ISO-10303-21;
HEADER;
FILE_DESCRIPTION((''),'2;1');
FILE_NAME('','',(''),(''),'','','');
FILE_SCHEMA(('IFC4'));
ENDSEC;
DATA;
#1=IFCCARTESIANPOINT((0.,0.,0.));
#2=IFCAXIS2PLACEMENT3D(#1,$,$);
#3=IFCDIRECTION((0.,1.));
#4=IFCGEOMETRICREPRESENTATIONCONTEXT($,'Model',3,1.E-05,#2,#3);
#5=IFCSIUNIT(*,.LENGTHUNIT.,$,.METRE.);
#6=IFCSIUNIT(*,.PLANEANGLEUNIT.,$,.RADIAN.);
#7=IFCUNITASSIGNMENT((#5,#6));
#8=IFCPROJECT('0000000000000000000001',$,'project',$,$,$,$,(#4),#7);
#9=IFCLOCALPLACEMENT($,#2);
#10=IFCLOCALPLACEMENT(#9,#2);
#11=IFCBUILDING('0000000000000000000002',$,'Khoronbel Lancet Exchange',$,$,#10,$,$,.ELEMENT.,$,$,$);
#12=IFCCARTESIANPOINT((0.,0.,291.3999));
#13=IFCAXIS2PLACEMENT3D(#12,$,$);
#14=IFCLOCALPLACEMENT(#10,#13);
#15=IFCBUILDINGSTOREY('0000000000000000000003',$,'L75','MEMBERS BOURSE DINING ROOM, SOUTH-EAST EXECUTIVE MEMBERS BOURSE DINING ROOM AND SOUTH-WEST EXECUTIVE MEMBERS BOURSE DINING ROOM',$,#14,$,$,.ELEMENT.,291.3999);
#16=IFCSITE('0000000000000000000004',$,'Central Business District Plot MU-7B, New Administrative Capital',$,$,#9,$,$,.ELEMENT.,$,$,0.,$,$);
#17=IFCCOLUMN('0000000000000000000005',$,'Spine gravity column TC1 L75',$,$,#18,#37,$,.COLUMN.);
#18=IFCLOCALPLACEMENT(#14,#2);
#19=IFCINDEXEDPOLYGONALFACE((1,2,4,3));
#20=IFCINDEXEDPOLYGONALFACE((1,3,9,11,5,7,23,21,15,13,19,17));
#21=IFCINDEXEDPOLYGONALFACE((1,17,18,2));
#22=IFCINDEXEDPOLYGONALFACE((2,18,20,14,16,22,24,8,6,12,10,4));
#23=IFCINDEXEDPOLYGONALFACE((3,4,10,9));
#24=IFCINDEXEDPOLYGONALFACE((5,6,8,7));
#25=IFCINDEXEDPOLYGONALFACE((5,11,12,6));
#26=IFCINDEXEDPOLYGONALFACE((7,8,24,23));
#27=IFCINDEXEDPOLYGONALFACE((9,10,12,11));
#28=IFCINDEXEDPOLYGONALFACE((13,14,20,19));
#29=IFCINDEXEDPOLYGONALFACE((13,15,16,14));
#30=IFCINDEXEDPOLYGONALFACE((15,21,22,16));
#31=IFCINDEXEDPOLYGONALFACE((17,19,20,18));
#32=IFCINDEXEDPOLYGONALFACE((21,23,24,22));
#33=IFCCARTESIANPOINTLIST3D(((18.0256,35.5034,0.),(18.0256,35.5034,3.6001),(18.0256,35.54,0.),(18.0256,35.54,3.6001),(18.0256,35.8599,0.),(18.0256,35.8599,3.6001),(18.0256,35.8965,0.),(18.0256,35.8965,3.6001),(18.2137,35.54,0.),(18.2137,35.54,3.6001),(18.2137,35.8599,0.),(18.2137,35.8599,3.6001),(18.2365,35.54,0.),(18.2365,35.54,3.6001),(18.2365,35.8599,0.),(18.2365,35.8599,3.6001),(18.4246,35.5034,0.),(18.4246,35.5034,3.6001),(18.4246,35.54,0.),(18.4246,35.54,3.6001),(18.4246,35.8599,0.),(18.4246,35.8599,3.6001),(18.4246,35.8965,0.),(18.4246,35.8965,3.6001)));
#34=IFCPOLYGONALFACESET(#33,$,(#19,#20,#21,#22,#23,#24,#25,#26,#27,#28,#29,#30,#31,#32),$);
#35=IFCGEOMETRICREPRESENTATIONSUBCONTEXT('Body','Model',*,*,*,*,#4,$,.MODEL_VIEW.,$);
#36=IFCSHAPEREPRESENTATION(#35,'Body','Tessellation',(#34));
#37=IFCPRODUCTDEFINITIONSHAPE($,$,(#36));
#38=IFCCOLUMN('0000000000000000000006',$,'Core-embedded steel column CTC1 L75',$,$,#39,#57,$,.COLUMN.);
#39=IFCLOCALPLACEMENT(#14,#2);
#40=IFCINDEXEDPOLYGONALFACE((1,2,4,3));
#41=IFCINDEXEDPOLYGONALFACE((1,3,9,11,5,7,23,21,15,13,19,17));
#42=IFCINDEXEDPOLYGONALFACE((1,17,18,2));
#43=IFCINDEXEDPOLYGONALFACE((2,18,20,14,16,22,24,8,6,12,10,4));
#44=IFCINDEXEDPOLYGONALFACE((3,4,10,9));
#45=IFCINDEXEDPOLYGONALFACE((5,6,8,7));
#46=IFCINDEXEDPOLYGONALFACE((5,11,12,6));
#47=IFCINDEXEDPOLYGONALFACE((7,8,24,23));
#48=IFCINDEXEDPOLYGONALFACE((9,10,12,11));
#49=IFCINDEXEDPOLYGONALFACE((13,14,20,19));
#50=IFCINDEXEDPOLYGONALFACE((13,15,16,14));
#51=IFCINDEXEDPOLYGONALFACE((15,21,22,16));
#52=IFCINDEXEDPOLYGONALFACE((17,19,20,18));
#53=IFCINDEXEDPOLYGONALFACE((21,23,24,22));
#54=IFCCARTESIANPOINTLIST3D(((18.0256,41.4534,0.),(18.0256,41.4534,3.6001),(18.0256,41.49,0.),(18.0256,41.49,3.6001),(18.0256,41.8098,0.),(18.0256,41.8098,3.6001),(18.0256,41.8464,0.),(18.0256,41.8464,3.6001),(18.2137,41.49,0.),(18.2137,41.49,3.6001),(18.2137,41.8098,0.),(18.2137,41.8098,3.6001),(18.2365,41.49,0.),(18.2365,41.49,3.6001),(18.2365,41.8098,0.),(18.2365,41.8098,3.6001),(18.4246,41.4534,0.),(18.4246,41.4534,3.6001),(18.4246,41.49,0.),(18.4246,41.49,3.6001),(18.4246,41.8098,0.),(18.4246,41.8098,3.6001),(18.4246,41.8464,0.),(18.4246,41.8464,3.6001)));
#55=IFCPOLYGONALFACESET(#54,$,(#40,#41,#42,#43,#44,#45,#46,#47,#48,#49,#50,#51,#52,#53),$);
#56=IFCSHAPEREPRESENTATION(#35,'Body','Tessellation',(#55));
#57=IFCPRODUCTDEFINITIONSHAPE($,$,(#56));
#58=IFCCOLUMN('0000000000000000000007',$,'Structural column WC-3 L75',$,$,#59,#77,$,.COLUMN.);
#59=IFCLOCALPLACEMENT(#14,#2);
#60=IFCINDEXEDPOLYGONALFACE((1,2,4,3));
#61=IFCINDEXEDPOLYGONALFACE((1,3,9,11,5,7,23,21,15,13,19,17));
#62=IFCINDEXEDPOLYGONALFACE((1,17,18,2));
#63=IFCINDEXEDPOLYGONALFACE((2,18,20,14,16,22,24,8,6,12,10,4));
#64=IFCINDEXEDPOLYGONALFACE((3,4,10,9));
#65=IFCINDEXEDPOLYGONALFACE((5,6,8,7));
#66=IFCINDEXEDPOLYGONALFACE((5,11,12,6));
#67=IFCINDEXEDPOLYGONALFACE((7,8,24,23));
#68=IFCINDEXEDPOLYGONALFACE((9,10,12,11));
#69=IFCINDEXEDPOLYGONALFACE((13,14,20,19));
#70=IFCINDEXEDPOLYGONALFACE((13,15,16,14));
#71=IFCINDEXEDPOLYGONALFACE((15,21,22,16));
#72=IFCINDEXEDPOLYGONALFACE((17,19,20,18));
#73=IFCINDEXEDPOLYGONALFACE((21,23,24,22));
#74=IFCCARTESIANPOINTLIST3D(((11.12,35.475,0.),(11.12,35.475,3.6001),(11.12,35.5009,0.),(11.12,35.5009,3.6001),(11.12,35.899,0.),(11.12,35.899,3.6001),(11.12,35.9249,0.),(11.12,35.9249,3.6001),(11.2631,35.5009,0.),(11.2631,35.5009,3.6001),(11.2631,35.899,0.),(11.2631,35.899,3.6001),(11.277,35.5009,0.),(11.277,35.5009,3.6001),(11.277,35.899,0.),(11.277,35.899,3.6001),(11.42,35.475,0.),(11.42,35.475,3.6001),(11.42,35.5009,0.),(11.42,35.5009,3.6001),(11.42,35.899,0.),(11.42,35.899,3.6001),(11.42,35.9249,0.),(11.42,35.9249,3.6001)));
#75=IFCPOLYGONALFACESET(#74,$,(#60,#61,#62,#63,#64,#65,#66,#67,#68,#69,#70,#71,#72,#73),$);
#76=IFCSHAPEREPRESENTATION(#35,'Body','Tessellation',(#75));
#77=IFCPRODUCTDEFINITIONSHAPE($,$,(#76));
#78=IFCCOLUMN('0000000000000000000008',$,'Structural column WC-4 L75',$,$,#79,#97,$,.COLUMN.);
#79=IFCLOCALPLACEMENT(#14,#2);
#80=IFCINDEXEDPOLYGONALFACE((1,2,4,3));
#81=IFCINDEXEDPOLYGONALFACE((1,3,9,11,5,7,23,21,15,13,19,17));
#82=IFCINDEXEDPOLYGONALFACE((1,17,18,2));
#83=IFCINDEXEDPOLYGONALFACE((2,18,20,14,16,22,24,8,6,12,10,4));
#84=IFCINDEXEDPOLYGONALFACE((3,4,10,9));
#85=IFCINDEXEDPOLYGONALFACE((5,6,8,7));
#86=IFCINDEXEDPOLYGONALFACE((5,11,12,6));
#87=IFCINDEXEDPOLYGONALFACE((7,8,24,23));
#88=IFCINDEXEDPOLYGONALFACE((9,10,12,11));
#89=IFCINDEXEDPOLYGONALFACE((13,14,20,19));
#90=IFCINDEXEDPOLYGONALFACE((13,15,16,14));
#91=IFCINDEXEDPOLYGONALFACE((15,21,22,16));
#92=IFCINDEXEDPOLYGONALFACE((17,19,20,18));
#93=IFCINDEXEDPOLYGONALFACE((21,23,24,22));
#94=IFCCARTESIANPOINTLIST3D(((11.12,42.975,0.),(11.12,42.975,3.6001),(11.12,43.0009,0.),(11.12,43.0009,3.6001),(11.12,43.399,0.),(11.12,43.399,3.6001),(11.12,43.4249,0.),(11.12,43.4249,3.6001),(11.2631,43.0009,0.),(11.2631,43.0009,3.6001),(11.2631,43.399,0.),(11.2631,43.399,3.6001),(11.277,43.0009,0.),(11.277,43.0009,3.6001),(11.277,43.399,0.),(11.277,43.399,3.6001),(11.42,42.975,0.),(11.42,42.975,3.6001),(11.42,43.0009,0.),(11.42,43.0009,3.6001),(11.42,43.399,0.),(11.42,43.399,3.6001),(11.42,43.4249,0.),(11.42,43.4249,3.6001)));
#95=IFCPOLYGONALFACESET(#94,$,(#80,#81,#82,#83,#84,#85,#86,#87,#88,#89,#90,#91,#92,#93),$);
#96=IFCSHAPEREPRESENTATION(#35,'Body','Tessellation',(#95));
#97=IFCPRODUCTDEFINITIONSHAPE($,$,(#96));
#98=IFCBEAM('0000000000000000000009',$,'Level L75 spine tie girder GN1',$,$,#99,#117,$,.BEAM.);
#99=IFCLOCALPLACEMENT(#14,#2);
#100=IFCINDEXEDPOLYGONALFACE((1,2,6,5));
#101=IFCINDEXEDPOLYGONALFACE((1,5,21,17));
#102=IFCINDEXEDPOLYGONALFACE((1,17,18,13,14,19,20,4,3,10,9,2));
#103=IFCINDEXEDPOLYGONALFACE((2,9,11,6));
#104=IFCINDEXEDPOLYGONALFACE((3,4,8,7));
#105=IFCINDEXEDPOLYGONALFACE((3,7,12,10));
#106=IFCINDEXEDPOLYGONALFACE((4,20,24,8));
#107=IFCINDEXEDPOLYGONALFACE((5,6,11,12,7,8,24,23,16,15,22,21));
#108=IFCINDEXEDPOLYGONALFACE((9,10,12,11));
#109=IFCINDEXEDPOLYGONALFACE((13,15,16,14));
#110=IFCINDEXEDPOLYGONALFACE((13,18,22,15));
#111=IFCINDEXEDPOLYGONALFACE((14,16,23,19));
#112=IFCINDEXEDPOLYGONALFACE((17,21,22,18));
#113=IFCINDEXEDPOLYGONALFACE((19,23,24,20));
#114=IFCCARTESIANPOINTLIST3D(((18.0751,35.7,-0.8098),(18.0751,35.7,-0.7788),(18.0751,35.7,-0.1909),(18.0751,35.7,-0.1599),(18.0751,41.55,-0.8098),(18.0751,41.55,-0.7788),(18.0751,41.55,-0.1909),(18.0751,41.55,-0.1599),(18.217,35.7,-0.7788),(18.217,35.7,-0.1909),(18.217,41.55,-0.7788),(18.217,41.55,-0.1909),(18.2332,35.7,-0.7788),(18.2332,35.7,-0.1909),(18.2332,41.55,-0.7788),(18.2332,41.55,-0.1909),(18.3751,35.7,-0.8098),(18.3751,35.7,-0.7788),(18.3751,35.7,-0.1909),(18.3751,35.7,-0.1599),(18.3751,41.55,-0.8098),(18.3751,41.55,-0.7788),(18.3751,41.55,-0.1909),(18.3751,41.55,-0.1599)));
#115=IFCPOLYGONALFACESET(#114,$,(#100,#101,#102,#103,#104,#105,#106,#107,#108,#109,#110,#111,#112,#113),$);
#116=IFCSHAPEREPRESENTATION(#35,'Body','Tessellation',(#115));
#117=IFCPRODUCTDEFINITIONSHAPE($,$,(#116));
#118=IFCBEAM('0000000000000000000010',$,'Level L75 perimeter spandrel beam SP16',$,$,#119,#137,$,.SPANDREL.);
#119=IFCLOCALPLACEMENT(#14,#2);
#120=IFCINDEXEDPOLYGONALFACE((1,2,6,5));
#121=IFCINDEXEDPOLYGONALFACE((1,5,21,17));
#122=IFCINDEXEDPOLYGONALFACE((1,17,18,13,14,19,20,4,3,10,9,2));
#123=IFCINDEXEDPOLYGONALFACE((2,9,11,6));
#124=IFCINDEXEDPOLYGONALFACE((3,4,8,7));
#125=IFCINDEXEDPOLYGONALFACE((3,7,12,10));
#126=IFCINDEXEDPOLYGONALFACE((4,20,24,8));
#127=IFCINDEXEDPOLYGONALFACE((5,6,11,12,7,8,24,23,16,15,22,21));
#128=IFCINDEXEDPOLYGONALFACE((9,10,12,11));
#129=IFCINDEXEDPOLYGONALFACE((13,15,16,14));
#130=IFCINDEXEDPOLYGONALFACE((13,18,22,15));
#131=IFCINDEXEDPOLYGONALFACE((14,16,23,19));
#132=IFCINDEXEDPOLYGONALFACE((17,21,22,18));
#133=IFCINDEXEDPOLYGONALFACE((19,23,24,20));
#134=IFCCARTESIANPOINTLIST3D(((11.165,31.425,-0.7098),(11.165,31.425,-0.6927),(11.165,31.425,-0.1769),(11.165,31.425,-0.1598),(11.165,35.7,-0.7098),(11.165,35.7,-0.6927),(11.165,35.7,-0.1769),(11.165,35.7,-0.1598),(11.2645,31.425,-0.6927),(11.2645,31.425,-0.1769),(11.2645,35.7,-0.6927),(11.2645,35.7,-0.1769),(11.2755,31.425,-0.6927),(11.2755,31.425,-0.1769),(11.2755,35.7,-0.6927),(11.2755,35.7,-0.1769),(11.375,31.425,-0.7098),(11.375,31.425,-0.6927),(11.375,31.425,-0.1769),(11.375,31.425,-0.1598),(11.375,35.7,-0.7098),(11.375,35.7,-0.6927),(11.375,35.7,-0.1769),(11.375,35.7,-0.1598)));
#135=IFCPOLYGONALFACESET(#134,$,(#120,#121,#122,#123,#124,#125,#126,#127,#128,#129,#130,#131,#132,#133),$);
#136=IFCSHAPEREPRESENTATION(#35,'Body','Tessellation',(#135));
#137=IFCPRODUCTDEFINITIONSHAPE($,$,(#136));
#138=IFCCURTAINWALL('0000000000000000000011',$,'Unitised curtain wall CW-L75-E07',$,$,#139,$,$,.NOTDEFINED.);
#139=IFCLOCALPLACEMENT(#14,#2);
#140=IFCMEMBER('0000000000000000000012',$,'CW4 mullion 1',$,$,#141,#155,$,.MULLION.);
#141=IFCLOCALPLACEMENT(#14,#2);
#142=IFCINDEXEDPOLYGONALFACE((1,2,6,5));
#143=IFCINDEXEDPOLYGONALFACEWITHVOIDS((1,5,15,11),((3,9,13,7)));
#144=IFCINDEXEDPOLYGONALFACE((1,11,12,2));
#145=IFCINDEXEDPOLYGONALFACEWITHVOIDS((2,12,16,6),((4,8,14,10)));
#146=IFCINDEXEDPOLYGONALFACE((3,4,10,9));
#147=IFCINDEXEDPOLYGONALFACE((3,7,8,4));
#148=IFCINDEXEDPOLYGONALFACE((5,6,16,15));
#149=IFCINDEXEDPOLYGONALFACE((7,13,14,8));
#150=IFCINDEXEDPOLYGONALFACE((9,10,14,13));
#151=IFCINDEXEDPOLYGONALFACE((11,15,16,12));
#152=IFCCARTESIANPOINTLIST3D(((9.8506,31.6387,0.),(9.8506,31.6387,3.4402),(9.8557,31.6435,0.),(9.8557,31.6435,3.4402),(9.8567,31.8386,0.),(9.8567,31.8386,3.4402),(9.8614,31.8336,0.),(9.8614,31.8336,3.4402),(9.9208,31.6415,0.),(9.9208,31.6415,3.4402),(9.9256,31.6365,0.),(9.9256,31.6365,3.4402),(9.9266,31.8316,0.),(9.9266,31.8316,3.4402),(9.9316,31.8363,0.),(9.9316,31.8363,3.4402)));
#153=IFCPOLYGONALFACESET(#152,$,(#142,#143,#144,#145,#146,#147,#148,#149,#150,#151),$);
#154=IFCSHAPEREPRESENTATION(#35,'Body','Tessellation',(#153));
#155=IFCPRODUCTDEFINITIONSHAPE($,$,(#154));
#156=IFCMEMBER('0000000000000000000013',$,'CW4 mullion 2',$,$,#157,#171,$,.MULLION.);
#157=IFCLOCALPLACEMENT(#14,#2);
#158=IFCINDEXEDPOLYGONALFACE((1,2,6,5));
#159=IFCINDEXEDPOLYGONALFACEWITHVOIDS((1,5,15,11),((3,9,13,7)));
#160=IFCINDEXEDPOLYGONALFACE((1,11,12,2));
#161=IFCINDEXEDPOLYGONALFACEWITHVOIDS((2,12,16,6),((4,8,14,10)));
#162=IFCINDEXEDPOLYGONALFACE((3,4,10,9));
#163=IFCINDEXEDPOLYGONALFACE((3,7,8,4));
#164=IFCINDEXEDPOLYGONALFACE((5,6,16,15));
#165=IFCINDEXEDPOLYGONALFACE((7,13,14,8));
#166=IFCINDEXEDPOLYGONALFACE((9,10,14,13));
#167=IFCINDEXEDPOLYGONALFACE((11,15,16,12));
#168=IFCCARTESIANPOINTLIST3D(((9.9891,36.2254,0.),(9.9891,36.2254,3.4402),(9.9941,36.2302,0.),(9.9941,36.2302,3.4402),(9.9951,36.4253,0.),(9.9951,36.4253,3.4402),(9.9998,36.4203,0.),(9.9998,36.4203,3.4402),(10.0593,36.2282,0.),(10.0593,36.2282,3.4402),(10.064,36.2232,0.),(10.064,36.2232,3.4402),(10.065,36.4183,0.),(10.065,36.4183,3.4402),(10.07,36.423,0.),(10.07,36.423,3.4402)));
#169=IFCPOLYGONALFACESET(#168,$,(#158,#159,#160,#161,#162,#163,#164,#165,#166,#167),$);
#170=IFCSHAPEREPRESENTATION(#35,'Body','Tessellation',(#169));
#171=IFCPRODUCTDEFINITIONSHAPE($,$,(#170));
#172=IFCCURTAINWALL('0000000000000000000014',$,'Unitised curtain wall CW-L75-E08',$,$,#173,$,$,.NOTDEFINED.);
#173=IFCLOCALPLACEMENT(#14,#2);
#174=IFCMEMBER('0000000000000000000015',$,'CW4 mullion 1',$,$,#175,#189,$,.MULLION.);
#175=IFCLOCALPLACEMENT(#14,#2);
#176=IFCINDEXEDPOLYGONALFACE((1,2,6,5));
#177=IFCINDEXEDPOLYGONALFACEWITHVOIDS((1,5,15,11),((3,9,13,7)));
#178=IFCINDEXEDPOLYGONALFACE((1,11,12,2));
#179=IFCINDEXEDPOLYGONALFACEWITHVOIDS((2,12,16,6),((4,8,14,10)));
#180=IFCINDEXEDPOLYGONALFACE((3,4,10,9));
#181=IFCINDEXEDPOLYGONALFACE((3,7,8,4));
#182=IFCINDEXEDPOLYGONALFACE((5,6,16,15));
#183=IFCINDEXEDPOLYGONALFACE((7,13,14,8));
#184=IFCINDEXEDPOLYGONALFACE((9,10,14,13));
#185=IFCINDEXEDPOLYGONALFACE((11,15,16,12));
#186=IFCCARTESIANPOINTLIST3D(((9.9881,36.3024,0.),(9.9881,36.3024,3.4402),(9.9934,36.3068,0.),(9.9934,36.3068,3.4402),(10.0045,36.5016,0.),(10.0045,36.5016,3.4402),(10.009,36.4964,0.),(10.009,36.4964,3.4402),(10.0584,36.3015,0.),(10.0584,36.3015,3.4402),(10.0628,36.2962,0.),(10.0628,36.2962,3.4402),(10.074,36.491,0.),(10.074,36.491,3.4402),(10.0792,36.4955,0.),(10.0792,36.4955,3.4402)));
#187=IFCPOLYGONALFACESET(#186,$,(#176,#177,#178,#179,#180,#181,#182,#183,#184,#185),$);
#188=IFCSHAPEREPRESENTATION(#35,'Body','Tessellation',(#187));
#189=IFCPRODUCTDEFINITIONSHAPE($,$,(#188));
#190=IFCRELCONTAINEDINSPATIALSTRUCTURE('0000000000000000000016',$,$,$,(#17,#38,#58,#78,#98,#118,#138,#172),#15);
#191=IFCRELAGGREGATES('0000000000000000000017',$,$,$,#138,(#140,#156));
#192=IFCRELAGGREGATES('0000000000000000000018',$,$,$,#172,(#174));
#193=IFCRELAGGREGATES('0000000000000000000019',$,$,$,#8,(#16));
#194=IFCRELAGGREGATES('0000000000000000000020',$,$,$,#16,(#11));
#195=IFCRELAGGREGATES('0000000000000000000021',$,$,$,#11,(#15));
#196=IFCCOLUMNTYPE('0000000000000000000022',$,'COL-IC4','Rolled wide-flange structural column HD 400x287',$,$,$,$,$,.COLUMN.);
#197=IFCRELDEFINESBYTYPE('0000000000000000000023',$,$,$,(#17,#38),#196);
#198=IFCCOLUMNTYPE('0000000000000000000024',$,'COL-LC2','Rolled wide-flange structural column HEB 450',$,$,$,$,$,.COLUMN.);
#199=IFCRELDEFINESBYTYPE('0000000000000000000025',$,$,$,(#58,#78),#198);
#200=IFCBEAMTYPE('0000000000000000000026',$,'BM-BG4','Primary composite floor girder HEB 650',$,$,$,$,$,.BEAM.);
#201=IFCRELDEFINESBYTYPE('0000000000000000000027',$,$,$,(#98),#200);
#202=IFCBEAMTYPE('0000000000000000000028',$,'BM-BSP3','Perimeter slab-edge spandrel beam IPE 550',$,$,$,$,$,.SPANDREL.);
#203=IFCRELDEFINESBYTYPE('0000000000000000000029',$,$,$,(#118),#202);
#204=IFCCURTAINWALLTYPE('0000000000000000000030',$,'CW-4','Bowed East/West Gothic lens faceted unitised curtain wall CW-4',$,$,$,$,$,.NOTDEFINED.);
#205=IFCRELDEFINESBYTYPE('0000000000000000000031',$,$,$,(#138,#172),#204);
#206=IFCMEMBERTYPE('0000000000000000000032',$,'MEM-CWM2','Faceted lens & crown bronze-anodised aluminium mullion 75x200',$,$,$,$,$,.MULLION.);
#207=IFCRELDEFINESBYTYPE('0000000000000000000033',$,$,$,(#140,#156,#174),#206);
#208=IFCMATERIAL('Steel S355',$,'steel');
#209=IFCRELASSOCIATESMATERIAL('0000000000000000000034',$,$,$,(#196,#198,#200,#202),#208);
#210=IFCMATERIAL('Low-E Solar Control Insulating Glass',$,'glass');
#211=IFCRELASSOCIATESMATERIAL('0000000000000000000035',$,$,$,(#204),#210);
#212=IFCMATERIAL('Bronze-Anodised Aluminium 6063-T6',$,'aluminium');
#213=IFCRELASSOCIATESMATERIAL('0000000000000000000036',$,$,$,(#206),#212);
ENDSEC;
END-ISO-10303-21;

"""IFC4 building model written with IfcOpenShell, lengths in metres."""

from ifc_helpers import new_model, si_unit, direction, frame, origin, origin_2d, place, context, subcontext, project, spatial, hollow_rectangle, i_section, extrude, material, material_profile, profile_set, type_object, element, aggregate, save


model = new_model("IFC4")

# Units and contexts
model_context = context("Model", 3, precision=1e-05, world=origin(), true_north=direction((0.0, 1.0)))
body_context = subcontext(model_context, "Body", "Model", "MODEL_VIEW")
ifc_project = project(units=[si_unit("LENGTHUNIT", "METRE"), si_unit("PLANEANGLEUNIT", "RADIAN")], contexts=[model_context])

# Site, building, storey
site_placement = place(None, origin())
site = spatial("IfcSite", under=ifc_project, at=site_placement, Name="Central Business District Plot MU-7B, New Administrative Capital", CompositionType="ELEMENT", RefElevation=0.0)
building_placement = place(site_placement, origin())
building = spatial("IfcBuilding", under=site, at=building_placement, Name="Khoronbel Lancet Exchange", CompositionType="ELEMENT")
storey_placement = place(building_placement, frame((0.0, 0.0, 291.3999)))
storey = spatial("IfcBuildingStorey", under=building, at=storey_placement, Name="L75", Description="MEMBERS BOURSE DINING ROOM, SOUTH-EAST EXECUTIVE MEMBERS BOURSE DINING ROOM AND SOUTH-WEST EXECUTIVE MEMBERS BOURSE DINING ROOM", CompositionType="ELEMENT", Elevation=291.3999)

# Columns
ifc_material_1 = material(Name="Steel S355", Category="steel")
ifc_material_profile_1 = material_profile(ifc_material_1, i_section(OverallWidth=0.3989, OverallDepth=0.3931, WebThickness=0.0227, FlangeThickness=0.0366, at=origin_2d()), Name="HD 400x287")
ifc_profile_set_1 = profile_set([ifc_material_profile_1], Name="Steel S355")
column_type_1 = type_object("IfcColumnType", Name="COL-IC4", Description="Rolled wide-flange structural column HD 400x287", PredefinedType="COLUMN", material=ifc_profile_set_1)
for number, where, z_axis, x_axis, name in (
    (1, (18.2251, 35.7, 0.0), (0.0, 0.0, 1.0), (1.0, 0.0, 0.0), "Spine gravity column TC1 L75"),
    (2, (18.2251, 41.6499, 0.0), (0.0, 0.0, 1.0), (1.0, 0.0, 0.0), "Core-embedded steel column CTC1 L75"),
):
    element("IfcColumn", number, at=place(storey_placement, frame(where, z_axis=z_axis, x_axis=x_axis)), inside=storey, type_object=column_type_1, Name=name, PredefinedType="COLUMN", context=body_context, shape_type="SweptSolid", body=[
        extrude(i_section(OverallWidth=0.3989, OverallDepth=0.3931, WebThickness=0.0227, FlangeThickness=0.0366, at=origin_2d()), origin(), (0.0, 0.0, 1.0), 3.6001),
    ])
ifc_material_profile_2 = material_profile(ifc_material_1, i_section(OverallWidth=0.3, OverallDepth=0.45, WebThickness=0.0139, FlangeThickness=0.0259, at=origin_2d()), Name="HEB 450")
ifc_profile_set_2 = profile_set([ifc_material_profile_2], Name="Steel S355")
column_type_2 = type_object("IfcColumnType", Name="COL-LC2", Description="Rolled wide-flange structural column HEB 450", PredefinedType="COLUMN", material=ifc_profile_set_2)
for number, where, z_axis, x_axis, name in (
    (3, (11.27, 35.7, 0.0), (0.0, 0.0, 1.0), (1.0, 0.0, 0.0), "Structural column WC-3 L75"),
    (4, (11.27, 43.2, 0.0), (0.0, 0.0, 1.0), (1.0, 0.0, 0.0), "Structural column WC-4 L75"),
):
    element("IfcColumn", number, at=place(storey_placement, frame(where, z_axis=z_axis, x_axis=x_axis)), inside=storey, type_object=column_type_2, Name=name, PredefinedType="COLUMN", context=body_context, shape_type="SweptSolid", body=[
        extrude(i_section(OverallWidth=0.3, OverallDepth=0.45, WebThickness=0.0139, FlangeThickness=0.0259, at=origin_2d()), origin(), (0.0, 0.0, 1.0), 3.6001),
    ])

# Beams
ifc_material_profile_3 = material_profile(ifc_material_1, i_section(OverallWidth=0.3, OverallDepth=0.6499, WebThickness=0.0161, FlangeThickness=0.031, at=origin_2d()), Name="HEB 650")
ifc_profile_set_3 = profile_set([ifc_material_profile_3], Name="Steel S355")
beam_type_1 = type_object("IfcBeamType", Name="BM-BG4", Description="Primary composite floor girder HEB 650", PredefinedType="BEAM", material=ifc_profile_set_3)
beam_1_placement = place(storey_placement, frame((18.2251, 35.7, -0.4849), z_axis=(0.0, 1.0, 0.0), x_axis=(-1.0, 0.0, 0.0)))
element("IfcBeam", 5, at=beam_1_placement, inside=storey, type_object=beam_type_1, Name="Level L75 spine tie girder GN1", PredefinedType="BEAM", context=body_context, shape_type="SweptSolid", body=[
    extrude(i_section(OverallWidth=0.3, OverallDepth=0.6499, WebThickness=0.0161, FlangeThickness=0.031, at=origin_2d()), origin(), (0.0, 0.0, 1.0), 5.8501),
])
ifc_material_profile_4 = material_profile(ifc_material_1, i_section(OverallWidth=0.21, OverallDepth=0.55, WebThickness=0.011, FlangeThickness=0.0171, at=origin_2d()), Name="IPE 550")
ifc_profile_set_4 = profile_set([ifc_material_profile_4], Name="Steel S355")
beam_type_2 = type_object("IfcBeamType", Name="BM-BSP3", Description="Perimeter slab-edge spandrel beam IPE 550", PredefinedType="SPANDREL", material=ifc_profile_set_4)
beam_2_placement = place(storey_placement, frame((11.27, 35.7, -0.4348), z_axis=(0.0, -1.0, 0.0), x_axis=(1.0, 0.0, 0.0)))
element("IfcBeam", 6, at=beam_2_placement, inside=storey, type_object=beam_type_2, Name="Level L75 perimeter spandrel beam SP16", PredefinedType="SPANDREL", context=body_context, shape_type="SweptSolid", body=[
    extrude(i_section(OverallWidth=0.21, OverallDepth=0.55, WebThickness=0.011, FlangeThickness=0.0171, at=origin_2d()), origin(), (0.0, 0.0, 1.0), 4.2749),
])

# Curtain walls, members
ifc_material_2 = material(Name="Low-E Solar Control Insulating Glass", Category="glass")
curtain_wall_type = type_object("IfcCurtainWallType", Name="CW-4", Description="Bowed East/West Gothic lens faceted unitised curtain wall CW-4", PredefinedType="NOTDEFINED", material=ifc_material_2)
curtain_wall_1_placement = place(storey_placement, origin())
curtain_wall_1 = element("IfcCurtainWall", 7, at=curtain_wall_1_placement, inside=storey, type_object=curtain_wall_type, Name="Unitised curtain wall CW-L75-E07", PredefinedType="NOTDEFINED")
ifc_material_3 = material(Name="Bronze-Anodised Aluminium 6063-T6", Category="aluminium")
ifc_material_profile_5 = material_profile(ifc_material_3, hollow_rectangle(XDim=0.075, YDim=0.2, WallThickness=0.0049, at=origin_2d()), Name="ALU MULLION 75x200")
ifc_profile_set_5 = profile_set([ifc_material_profile_5], Name="Bronze-Anodised Aluminium 6063-T6")
member_type_1 = type_object("IfcMemberType", Name="MEM-CWM2", Description="Faceted lens & crown bronze-anodised aluminium mullion 75x200", PredefinedType="MULLION", material=ifc_profile_set_5)
member_1_placement = place(storey_placement, frame((9.8911, 31.7375, 0.0), z_axis=(0.0, 0.0, 1.0), x_axis=(-0.999545, 0.030148, 0.0)))
member_1 = element("IfcMember", 8, at=member_1_placement, type_object=member_type_1, Name="CW4 mullion 1", PredefinedType="MULLION", context=body_context, shape_type="SweptSolid", body=[
    extrude(hollow_rectangle(XDim=0.075, YDim=0.2, WallThickness=0.0049, at=origin_2d()), origin(), (0.0, 0.0, 1.0), 3.4402),
])
member_2_placement = place(storey_placement, frame((10.0295, 36.3242, 0.0), z_axis=(0.0, 0.0, 1.0), x_axis=(-0.999545, 0.030148, 0.0)))
member_2 = element("IfcMember", 9, at=member_2_placement, type_object=member_type_1, Name="CW4 mullion 2", PredefinedType="MULLION", context=body_context, shape_type="SweptSolid", body=[
    extrude(hollow_rectangle(XDim=0.075, YDim=0.2, WallThickness=0.0049, at=origin_2d()), origin(), (0.0, 0.0, 1.0), 3.4402),
])
curtain_wall_2_placement = place(storey_placement, origin())
curtain_wall_2 = element("IfcCurtainWall", 10, at=curtain_wall_2_placement, inside=storey, type_object=curtain_wall_type, Name="Unitised curtain wall CW-L75-E08", PredefinedType="NOTDEFINED")
member_3_placement = place(storey_placement, frame((10.0337, 36.3989, 0.0), z_axis=(0.0, 0.0, 1.0), x_axis=(-0.996626, 0.082073, 0.0)))
member_3 = element("IfcMember", 11, at=member_3_placement, type_object=member_type_1, Name="CW4 mullion 1", PredefinedType="MULLION", context=body_context, shape_type="SweptSolid", body=[
    extrude(hollow_rectangle(XDim=0.075, YDim=0.2, WallThickness=0.0049, at=origin_2d()), origin(), (0.0, 0.0, 1.0), 3.4402),
])

aggregate(curtain_wall_1, [member_1, member_2])
aggregate(curtain_wall_2, [member_3])

save(model, "model.ifc")
